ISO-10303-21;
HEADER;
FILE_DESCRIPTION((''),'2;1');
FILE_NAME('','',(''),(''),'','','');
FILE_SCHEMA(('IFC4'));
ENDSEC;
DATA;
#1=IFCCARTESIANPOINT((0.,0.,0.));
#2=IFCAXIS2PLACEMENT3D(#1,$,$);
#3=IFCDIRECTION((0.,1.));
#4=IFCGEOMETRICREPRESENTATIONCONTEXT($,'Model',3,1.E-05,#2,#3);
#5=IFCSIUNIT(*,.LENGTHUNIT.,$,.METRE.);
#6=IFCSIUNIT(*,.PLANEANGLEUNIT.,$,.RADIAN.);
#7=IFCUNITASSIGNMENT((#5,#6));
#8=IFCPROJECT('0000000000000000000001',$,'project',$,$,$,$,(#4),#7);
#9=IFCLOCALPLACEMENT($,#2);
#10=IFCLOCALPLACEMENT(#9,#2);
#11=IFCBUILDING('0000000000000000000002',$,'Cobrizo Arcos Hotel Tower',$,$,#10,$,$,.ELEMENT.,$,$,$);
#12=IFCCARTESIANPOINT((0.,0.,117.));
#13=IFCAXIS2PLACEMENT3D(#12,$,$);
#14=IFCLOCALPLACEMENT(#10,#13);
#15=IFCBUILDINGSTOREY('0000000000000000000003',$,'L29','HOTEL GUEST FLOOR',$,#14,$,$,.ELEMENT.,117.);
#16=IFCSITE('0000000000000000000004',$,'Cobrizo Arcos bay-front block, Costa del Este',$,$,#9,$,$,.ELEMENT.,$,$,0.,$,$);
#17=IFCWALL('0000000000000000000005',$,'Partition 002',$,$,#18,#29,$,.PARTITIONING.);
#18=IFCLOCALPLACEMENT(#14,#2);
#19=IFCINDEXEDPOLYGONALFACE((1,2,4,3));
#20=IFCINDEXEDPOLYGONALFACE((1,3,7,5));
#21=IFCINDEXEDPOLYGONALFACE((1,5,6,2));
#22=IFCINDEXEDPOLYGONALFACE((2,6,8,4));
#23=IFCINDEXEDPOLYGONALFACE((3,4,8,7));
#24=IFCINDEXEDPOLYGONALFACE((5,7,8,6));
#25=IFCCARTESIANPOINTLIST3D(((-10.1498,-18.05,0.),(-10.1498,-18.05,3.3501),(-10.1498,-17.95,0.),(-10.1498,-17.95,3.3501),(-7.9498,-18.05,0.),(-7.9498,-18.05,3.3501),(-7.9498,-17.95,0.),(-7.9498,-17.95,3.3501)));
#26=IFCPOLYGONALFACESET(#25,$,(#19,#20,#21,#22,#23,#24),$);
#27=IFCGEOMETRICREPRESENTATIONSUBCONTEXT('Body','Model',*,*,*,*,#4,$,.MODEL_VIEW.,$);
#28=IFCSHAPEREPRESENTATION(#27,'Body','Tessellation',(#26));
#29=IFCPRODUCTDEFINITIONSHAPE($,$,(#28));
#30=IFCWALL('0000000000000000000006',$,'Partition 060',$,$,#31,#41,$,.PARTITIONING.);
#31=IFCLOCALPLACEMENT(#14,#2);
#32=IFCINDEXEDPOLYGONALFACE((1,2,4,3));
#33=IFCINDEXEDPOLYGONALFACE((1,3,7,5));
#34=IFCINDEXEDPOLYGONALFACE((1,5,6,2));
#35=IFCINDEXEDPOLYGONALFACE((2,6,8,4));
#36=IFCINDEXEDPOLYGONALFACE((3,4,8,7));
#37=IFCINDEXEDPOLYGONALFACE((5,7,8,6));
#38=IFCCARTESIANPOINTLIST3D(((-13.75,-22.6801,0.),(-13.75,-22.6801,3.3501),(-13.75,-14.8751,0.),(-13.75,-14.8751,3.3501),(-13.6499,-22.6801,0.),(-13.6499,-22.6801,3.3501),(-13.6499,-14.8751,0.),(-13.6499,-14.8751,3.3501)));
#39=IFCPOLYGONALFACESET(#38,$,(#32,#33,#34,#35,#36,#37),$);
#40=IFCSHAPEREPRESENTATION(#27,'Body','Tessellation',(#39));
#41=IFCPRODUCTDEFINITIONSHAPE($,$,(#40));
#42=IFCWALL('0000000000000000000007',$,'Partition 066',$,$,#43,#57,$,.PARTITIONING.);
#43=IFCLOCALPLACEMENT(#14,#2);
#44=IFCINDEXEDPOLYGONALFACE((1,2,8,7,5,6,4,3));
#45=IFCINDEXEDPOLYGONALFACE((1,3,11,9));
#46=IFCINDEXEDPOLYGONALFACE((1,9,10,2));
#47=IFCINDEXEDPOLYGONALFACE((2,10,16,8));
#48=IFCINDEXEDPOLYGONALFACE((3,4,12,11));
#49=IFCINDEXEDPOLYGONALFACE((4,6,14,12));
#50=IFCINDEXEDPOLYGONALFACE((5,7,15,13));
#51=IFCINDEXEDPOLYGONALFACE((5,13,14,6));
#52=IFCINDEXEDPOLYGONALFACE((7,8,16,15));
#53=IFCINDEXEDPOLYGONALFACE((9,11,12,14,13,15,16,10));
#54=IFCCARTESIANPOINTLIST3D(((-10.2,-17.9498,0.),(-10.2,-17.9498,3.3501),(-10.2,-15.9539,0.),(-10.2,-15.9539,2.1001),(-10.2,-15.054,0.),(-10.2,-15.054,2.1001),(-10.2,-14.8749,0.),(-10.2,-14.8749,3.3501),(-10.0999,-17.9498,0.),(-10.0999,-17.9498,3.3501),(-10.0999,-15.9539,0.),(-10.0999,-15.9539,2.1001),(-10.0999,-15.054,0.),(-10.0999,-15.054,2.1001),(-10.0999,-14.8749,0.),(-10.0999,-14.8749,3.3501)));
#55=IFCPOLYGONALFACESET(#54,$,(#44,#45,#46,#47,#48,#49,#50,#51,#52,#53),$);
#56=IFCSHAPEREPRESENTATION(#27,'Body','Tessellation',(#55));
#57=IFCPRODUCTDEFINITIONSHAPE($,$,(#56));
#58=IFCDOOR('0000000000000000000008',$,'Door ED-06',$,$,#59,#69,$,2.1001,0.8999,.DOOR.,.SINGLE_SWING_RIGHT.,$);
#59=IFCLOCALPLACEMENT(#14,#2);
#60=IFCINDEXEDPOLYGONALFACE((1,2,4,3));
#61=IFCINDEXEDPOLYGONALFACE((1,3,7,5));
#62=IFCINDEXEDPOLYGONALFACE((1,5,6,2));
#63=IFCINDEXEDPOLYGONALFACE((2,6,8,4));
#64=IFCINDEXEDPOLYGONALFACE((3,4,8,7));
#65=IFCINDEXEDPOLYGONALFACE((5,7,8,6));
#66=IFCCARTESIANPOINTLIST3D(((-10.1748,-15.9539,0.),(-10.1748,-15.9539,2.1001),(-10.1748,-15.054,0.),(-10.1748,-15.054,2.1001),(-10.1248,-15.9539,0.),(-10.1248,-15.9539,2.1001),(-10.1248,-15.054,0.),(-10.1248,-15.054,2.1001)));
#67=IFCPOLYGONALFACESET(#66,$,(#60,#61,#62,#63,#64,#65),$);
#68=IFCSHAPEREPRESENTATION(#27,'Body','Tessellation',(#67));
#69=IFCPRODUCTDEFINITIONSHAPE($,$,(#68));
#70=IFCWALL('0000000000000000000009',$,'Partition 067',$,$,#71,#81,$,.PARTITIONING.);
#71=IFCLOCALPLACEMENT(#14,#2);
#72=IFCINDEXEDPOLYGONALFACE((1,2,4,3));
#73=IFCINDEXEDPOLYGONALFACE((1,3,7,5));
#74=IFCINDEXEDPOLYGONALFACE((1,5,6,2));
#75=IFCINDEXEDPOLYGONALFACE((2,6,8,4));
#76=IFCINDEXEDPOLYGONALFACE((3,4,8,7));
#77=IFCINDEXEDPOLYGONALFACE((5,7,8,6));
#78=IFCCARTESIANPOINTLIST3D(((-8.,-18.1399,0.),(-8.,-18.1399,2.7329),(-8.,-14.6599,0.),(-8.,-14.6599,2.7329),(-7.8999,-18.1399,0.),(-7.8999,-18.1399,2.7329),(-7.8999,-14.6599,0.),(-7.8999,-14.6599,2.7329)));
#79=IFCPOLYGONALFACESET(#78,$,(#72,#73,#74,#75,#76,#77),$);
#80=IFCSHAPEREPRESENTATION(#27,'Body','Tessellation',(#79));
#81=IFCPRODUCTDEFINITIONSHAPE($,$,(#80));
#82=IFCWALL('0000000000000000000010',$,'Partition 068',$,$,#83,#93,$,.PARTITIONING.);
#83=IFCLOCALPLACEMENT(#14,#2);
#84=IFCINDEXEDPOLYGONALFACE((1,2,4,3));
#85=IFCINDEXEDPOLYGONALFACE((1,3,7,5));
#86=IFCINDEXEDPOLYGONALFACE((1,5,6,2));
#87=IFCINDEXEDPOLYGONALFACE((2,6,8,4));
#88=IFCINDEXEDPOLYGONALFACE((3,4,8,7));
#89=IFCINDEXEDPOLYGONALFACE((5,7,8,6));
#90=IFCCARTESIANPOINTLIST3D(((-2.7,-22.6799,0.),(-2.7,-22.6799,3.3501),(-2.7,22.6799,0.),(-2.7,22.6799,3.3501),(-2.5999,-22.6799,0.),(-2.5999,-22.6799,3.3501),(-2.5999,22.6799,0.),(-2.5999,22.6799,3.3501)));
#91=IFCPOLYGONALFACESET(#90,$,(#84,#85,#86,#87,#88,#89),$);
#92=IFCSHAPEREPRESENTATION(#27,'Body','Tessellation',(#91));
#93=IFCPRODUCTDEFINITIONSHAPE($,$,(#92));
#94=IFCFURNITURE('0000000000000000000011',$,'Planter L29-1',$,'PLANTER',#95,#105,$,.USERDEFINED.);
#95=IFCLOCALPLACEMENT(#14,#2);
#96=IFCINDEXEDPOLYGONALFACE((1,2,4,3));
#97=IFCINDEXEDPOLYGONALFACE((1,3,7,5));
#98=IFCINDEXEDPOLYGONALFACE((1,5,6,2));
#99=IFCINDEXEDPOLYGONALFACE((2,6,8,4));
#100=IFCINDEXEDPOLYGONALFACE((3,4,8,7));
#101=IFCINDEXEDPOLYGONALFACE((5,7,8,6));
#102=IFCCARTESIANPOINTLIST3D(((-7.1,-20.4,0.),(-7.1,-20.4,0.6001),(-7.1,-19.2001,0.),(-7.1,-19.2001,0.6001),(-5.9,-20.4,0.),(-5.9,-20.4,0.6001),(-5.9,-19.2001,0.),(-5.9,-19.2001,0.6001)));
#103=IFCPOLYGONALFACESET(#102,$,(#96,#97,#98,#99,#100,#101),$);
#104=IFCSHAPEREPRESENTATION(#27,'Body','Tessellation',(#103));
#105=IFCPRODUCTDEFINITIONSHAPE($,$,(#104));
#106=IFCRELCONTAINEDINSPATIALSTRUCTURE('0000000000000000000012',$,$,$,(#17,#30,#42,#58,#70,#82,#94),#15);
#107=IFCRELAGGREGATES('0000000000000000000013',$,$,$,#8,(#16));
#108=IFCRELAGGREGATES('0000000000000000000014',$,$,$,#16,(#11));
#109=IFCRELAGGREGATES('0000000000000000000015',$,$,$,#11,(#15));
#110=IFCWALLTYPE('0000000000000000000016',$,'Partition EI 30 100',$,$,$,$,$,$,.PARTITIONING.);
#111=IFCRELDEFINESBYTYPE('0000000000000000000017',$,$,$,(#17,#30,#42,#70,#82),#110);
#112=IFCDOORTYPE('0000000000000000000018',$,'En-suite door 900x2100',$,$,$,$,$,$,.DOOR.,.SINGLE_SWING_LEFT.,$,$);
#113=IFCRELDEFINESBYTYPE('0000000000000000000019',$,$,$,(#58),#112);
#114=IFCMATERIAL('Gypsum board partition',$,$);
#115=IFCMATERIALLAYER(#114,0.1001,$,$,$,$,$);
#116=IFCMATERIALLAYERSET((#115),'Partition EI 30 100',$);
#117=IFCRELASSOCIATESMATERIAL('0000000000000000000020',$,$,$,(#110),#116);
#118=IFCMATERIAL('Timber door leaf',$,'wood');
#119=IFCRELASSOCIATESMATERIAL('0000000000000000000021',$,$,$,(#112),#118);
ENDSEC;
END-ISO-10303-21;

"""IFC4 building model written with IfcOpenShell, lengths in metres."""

from ifc_helpers import new_model, si_unit, direction, frame, frame_2d, origin, origin_2d, place, context, subcontext, project, spatial, rectangle, extrude, material, layer, layer_set, type_object, element, fill, save


model = new_model("IFC4")

# Units and contexts
model_context = context("Model", 3, precision=1e-05, world=origin(), true_north=direction((0.0, 1.0)))
body_context = subcontext(model_context, "Body", "Model", "MODEL_VIEW")
ifc_project = project(units=[si_unit("LENGTHUNIT", "METRE"), si_unit("PLANEANGLEUNIT", "RADIAN")], contexts=[model_context])

# Site, building, storey
site_placement = place(None, origin())
site = spatial("IfcSite", under=ifc_project, at=site_placement, Name="Cobrizo Arcos bay-front block, Costa del Este", CompositionType="ELEMENT", RefElevation=0.0)
building_placement = place(site_placement, origin())
building = spatial("IfcBuilding", under=site, at=building_placement, Name="Cobrizo Arcos Hotel Tower", CompositionType="ELEMENT")
storey_placement = place(building_placement, frame((0.0, 0.0, 117.0)))
storey = spatial("IfcBuildingStorey", under=building, at=storey_placement, Name="L29", Description="HOTEL GUEST FLOOR", CompositionType="ELEMENT", Elevation=117.0)

# Walls
ifc_material_1 = material(Name="Gypsum board partition")
ifc_layer_1 = layer(ifc_material_1, 0.1001)
ifc_layer_set_1 = layer_set([ifc_layer_1], Name="Partition EI 30 100")
wall_type = type_object("IfcWallType", Name="Partition EI 30 100", PredefinedType="PARTITIONING", material=ifc_layer_set_1)
wall_1_placement = place(storey_placement, frame((-10.1499, -18.0, 0.0), z_axis=(0.0, 0.0, 1.0), x_axis=(1.0, 0.0, 0.0)))
element("IfcWall", 1, at=wall_1_placement, inside=storey, type_object=wall_type, Name="Partition 002", PredefinedType="PARTITIONING", context=body_context, shape_type="SweptSolid", body=[
    extrude(rectangle(XDim=2.2, YDim=0.1001, at=frame_2d((1.1001, 0.0))), origin(), (0.0, 0.0, 1.0), 3.3501),
])
wall_2_placement = place(storey_placement, frame((-13.7, -22.6799, 0.0), z_axis=(0.0, 0.0, 1.0), x_axis=(0.0, 1.0, 0.0)))
element("IfcWall", 2, at=wall_2_placement, inside=storey, type_object=wall_type, Name="Partition 060", PredefinedType="PARTITIONING", context=body_context, shape_type="SweptSolid", body=[
    extrude(rectangle(XDim=7.8049, YDim=0.1001, at=frame_2d((3.9023, 0.0))), origin(), (0.0, 0.0, 1.0), 3.3501),
])

# Wall, opening, door
wall_3_placement = place(storey_placement, frame((-10.1499, -17.95, 0.0), z_axis=(0.0, 0.0, 1.0), x_axis=(0.0, 1.0, 0.0)))
wall_3 = element("IfcWall", 3, at=wall_3_placement, inside=storey, type_object=wall_type, Name="Partition 066", PredefinedType="PARTITIONING", context=body_context, shape_type="SweptSolid", body=[
    extrude(rectangle(XDim=3.075, YDim=0.1001, at=frame_2d((1.5376, 0.0))), origin(), (0.0, 0.0, 1.0), 3.3501),
])
opening_placement = place(wall_3_placement, frame((1.9961, 0.0, 0.0)))
opening = element("IfcOpeningElement", 4, at=opening_placement, cuts=wall_3, PredefinedType="OPENING", context=body_context, shape_type="SweptSolid", body=[
    extrude(rectangle(XDim=0.8999, YDim=2.1001, at=frame_2d((0.45, 1.05))), frame((0.0, 0.062, 0.0), z_axis=(0.0, -1.0, 0.0), x_axis=(1.0, 0.0, 0.0)), (0.0, 0.0, 1.0), 0.124),
])
ifc_material_2 = material(Name="Timber door leaf", Category="wood")
door_type = type_object("IfcDoorType", Name="En-suite door 900x2100", OperationType="SINGLE_SWING_LEFT", PredefinedType="DOOR", material=ifc_material_2)
door_placement = place(opening_placement, origin())
door = element("IfcDoor", 5, at=door_placement, inside=storey, type_object=door_type, Name="Door ED-06", OperationType="SINGLE_SWING_RIGHT", OverallHeight=2.1001, OverallWidth=0.8999, PredefinedType="DOOR", context=body_context, shape_type="SweptSolid", body=[
    extrude(rectangle(XDim=0.8999, YDim=2.1001, at=frame_2d((0.45, 1.05))), frame((0.0, 0.0249, 0.0), z_axis=(0.0, -1.0, 0.0), x_axis=(1.0, 0.0, 0.0)), (0.0, 0.0, 1.0), 0.05),
])
fill(opening, door)

# Walls
wall_4_placement = place(storey_placement, frame((-7.95, -18.1399, 0.0), z_axis=(0.0, 0.0, 1.0), x_axis=(0.0, 1.0, 0.0)))
element("IfcWall", 6, at=wall_4_placement, inside=storey, type_object=wall_type, Name="Partition 067", PredefinedType="PARTITIONING", context=body_context, shape_type="SweptSolid", body=[
    extrude(rectangle(XDim=3.48, YDim=0.1001, at=frame_2d((1.74, 0.0))), origin(), (0.0, 0.0, 1.0), 2.7329),
])
wall_5_placement = place(storey_placement, frame((-2.6499, -22.6799, 0.0), z_axis=(0.0, 0.0, 1.0), x_axis=(0.0, 1.0, 0.0)))
element("IfcWall", 7, at=wall_5_placement, inside=storey, type_object=wall_type, Name="Partition 068", PredefinedType="PARTITIONING", context=body_context, shape_type="SweptSolid", body=[
    extrude(rectangle(XDim=45.3599, YDim=0.1001, at=frame_2d((22.6799, 0.0))), origin(), (0.0, 0.0, 1.0), 3.3501),
])

# Furniture
furniture_placement = place(storey_placement, frame((-6.5, -19.8, 0.0), z_axis=(0.0, 0.0, 1.0), x_axis=(1.0, 0.0, 0.0)))
element("IfcFurniture", 8, at=furniture_placement, inside=storey, Name="Planter L29-1", ObjectType="PLANTER", PredefinedType="USERDEFINED", context=body_context, shape_type="SweptSolid", body=[
    extrude(rectangle(XDim=1.2, YDim=1.2, at=origin_2d()), origin(), (0.0, 0.0, 1.0), 0.6001),
])

save(model, "model.ifc")
